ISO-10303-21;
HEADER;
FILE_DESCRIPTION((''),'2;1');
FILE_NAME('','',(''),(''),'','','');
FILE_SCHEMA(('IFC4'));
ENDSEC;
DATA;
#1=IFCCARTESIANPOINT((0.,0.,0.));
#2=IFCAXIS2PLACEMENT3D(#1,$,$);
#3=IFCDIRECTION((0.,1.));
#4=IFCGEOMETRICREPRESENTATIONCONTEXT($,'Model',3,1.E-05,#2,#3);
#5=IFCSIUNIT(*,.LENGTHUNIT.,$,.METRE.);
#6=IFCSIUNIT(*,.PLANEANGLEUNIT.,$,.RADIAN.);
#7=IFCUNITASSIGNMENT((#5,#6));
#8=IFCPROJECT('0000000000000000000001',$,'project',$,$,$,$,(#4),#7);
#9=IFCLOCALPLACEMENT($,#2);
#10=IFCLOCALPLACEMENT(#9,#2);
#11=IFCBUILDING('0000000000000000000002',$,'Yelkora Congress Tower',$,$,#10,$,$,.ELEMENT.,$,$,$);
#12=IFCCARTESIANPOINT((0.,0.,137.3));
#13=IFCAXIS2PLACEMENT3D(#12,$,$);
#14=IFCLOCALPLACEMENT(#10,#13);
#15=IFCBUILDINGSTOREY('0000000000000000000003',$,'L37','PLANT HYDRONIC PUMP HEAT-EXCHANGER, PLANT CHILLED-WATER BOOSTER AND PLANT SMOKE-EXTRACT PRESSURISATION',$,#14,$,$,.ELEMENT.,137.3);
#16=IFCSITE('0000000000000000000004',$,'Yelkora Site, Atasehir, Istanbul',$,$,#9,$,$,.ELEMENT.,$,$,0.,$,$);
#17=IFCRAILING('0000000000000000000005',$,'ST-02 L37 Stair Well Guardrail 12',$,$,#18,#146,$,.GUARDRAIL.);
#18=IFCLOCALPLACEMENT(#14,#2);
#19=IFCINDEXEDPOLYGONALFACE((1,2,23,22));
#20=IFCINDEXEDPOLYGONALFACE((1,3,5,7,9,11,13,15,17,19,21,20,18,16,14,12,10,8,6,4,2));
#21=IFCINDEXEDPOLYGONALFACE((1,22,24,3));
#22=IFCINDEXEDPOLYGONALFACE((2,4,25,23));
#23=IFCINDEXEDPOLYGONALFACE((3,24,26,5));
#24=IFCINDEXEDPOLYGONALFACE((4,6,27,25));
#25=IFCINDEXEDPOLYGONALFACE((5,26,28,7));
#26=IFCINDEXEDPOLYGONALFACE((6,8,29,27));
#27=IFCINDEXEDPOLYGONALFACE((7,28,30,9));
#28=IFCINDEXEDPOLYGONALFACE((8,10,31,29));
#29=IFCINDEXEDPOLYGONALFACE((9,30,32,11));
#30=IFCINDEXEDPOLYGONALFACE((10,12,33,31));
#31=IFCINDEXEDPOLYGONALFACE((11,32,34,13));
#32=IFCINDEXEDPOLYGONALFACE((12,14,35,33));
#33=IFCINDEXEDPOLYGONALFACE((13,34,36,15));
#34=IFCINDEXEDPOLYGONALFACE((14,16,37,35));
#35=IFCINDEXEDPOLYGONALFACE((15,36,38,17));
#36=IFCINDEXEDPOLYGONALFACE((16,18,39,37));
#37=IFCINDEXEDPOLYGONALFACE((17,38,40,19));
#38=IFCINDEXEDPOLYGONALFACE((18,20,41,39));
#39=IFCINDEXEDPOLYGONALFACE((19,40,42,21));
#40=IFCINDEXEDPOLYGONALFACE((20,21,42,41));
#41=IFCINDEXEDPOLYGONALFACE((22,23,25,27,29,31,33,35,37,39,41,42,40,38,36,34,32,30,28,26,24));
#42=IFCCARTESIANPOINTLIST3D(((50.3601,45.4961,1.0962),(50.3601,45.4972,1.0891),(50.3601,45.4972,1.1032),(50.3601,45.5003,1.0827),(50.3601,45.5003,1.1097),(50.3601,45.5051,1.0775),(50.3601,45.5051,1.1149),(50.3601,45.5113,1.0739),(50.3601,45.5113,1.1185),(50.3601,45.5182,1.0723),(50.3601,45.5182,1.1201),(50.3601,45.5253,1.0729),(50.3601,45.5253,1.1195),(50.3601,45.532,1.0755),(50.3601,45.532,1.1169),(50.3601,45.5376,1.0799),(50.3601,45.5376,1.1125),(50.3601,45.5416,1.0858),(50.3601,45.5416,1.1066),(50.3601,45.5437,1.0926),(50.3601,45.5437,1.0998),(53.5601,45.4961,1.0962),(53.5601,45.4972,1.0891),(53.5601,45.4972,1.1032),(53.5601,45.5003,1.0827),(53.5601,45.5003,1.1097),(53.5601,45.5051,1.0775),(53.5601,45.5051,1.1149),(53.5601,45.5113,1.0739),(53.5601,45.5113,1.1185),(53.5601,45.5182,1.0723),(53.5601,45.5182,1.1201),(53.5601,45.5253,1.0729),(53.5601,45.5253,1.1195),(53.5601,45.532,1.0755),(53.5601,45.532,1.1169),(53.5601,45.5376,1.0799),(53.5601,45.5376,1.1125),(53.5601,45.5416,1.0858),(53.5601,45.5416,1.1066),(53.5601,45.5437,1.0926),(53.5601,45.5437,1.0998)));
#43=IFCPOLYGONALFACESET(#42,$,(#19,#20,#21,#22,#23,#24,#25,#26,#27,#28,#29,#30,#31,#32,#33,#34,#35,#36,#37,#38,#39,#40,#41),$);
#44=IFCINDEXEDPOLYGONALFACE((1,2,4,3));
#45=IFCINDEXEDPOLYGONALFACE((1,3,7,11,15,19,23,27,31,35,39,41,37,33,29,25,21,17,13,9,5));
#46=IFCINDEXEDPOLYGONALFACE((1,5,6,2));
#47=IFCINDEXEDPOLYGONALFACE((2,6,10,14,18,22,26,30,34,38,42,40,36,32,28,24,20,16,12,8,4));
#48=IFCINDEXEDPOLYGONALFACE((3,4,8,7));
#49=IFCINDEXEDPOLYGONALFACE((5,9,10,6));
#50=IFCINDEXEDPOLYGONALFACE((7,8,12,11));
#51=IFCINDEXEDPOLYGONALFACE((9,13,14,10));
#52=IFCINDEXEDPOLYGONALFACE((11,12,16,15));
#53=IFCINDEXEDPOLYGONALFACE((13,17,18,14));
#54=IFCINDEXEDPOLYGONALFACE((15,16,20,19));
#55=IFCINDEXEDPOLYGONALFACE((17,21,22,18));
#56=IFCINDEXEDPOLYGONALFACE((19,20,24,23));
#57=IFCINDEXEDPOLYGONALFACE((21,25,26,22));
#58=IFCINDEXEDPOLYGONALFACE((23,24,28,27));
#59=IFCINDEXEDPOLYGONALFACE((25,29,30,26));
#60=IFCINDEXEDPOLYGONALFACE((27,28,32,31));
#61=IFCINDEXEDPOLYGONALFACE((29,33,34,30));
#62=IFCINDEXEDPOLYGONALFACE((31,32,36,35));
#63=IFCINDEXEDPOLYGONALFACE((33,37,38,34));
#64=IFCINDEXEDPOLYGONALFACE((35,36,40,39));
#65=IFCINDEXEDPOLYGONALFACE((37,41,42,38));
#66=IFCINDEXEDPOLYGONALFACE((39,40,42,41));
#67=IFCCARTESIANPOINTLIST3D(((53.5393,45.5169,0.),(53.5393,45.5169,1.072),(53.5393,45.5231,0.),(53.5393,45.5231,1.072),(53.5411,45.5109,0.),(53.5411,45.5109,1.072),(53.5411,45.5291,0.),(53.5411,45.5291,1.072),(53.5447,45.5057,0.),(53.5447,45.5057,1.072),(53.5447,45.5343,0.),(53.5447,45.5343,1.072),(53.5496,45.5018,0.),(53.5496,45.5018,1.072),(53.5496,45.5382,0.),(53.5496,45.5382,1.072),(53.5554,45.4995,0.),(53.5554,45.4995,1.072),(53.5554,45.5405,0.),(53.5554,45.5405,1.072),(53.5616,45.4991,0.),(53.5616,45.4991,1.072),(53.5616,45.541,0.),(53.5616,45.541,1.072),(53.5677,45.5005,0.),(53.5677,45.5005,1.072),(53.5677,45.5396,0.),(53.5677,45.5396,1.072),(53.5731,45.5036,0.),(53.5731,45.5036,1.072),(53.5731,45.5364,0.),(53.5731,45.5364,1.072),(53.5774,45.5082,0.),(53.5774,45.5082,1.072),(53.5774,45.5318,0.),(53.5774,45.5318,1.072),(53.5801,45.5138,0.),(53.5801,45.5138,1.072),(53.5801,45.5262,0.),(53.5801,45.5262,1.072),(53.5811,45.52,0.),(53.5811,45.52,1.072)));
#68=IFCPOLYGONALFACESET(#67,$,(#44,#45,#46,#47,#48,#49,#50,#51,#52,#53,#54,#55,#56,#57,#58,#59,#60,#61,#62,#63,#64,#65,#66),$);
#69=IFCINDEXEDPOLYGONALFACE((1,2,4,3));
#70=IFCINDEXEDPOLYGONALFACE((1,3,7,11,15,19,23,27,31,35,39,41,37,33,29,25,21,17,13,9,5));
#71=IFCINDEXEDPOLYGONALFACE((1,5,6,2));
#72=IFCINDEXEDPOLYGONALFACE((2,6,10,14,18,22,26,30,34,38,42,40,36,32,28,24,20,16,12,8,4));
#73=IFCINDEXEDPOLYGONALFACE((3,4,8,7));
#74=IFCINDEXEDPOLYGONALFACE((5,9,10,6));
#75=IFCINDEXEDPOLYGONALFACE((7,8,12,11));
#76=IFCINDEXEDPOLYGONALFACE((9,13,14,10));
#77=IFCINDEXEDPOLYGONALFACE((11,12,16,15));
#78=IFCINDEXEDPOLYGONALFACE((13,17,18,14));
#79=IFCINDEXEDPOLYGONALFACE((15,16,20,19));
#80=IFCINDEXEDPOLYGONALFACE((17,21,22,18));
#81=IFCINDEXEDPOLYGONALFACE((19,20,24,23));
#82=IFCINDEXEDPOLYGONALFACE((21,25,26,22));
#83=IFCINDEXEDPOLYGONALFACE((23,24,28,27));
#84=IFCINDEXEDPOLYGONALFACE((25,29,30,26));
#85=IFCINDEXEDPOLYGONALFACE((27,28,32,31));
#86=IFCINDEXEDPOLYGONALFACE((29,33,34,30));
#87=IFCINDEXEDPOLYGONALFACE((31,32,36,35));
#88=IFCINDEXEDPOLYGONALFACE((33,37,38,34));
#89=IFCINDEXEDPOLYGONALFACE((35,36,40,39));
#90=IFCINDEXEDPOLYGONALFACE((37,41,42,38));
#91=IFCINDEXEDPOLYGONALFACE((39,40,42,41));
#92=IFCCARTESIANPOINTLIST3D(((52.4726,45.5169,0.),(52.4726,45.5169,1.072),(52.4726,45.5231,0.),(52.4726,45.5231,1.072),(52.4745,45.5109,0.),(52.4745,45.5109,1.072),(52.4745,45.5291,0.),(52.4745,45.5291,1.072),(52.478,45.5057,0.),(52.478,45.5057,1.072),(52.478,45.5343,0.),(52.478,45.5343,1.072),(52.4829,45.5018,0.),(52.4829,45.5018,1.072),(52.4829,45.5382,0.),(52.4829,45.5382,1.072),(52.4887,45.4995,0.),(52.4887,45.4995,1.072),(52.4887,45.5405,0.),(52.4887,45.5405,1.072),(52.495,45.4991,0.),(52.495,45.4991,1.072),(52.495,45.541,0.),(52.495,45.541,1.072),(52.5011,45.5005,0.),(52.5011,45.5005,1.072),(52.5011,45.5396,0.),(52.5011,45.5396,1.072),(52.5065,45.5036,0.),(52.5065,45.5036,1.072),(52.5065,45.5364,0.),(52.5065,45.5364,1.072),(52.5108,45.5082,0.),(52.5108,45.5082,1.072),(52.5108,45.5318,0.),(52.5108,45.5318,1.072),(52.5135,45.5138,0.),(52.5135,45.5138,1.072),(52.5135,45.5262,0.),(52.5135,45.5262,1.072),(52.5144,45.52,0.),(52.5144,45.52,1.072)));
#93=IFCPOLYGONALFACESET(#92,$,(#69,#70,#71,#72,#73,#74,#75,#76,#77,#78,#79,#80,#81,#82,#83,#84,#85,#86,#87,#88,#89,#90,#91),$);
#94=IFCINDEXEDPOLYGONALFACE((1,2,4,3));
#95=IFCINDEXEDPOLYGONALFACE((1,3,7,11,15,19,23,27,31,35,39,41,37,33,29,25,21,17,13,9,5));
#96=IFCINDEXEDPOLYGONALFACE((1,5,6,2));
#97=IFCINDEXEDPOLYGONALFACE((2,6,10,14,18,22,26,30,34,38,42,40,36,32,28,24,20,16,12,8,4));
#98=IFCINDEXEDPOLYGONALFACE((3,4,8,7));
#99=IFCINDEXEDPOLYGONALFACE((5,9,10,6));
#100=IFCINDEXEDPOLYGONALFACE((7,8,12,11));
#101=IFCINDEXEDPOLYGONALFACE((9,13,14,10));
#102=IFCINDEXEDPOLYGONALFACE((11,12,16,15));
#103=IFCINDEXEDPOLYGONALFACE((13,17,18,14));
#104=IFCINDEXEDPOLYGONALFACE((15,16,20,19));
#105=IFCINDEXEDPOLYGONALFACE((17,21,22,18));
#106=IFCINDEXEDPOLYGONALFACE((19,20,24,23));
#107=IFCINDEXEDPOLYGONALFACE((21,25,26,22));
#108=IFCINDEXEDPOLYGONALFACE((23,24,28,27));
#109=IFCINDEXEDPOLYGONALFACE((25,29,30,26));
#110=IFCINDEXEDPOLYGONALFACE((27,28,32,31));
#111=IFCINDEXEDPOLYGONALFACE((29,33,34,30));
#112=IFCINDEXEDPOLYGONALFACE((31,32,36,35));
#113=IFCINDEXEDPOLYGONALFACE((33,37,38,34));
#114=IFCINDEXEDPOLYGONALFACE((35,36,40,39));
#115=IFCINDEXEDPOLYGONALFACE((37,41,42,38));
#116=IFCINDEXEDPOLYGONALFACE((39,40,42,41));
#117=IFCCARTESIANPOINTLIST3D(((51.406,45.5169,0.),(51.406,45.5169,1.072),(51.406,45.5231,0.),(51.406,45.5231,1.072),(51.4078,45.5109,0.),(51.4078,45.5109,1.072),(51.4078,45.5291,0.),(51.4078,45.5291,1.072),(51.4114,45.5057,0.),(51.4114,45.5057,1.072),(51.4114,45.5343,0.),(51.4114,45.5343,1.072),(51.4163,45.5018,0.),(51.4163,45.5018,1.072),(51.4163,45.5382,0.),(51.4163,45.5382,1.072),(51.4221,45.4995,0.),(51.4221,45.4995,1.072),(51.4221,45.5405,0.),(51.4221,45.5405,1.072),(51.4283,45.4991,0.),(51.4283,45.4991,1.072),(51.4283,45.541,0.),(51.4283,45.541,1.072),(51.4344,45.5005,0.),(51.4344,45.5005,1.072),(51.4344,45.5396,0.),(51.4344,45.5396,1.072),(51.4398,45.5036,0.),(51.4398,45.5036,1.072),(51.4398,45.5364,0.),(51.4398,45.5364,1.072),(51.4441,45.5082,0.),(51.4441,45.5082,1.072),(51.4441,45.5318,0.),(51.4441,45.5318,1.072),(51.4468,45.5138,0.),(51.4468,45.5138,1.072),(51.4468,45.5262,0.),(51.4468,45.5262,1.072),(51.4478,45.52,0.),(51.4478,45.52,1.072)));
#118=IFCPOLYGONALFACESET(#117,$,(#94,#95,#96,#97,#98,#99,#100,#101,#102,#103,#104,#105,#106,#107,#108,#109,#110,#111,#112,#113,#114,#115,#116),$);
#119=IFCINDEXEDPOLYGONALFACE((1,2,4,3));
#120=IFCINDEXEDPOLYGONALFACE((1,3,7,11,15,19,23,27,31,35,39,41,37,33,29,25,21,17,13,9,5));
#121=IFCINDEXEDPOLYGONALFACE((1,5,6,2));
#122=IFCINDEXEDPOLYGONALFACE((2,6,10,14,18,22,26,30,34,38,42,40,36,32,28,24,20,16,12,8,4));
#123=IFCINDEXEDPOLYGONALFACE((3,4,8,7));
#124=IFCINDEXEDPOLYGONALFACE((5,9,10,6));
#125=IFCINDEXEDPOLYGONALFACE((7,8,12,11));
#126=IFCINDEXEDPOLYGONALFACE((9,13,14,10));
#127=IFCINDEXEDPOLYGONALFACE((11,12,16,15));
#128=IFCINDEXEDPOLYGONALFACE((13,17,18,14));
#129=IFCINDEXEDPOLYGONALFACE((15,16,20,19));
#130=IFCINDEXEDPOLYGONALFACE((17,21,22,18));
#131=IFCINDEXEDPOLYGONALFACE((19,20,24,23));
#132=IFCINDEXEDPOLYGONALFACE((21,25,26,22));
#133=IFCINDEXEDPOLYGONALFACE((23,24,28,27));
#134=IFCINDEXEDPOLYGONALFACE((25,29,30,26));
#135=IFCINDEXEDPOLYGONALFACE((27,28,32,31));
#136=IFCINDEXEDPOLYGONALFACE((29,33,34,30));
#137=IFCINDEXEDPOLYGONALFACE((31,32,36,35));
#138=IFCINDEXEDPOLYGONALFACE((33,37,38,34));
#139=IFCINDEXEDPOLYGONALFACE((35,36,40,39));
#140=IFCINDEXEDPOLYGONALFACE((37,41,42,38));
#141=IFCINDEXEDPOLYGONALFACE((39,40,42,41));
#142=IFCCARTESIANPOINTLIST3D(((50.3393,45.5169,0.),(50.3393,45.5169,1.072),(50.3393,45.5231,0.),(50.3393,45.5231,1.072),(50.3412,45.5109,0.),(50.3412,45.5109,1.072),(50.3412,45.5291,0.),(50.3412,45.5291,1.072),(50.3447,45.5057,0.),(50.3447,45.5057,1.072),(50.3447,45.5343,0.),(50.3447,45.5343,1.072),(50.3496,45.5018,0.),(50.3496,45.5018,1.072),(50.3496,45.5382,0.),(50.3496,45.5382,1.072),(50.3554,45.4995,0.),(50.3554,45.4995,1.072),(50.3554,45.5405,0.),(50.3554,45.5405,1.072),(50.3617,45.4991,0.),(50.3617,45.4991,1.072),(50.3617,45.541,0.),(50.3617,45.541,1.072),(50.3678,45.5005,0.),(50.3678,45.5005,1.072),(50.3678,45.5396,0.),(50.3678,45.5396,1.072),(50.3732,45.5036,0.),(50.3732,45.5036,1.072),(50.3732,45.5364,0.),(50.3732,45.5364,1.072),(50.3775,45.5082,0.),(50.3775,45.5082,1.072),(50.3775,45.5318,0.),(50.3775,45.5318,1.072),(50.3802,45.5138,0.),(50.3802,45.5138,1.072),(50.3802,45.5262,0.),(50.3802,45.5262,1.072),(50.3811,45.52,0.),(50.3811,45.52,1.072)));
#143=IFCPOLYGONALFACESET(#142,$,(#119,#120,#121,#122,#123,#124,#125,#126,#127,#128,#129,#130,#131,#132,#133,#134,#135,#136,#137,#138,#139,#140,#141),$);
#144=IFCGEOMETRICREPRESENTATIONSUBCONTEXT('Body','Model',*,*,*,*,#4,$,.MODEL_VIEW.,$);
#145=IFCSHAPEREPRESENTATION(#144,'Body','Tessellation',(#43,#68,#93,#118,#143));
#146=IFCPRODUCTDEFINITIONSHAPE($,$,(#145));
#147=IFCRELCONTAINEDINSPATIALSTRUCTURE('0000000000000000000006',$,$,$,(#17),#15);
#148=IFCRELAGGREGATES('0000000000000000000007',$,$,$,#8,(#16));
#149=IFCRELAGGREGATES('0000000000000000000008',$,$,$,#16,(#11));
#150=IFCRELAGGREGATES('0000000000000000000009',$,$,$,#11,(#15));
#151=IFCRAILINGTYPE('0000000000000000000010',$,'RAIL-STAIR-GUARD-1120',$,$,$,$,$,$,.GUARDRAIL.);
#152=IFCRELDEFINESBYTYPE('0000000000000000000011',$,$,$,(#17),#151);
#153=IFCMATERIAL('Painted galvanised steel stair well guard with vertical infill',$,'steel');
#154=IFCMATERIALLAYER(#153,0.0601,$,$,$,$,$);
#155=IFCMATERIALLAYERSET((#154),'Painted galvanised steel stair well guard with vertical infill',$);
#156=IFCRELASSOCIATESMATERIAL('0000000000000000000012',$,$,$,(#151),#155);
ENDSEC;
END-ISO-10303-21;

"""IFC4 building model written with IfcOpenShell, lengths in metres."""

from ifc_helpers import new_model, si_unit, direction, frame, origin, origin_2d, place, context, subcontext, project, spatial, circle, extrude, material, layer, layer_set, type_object, element, save


model = new_model("IFC4")

# Units and contexts
model_context = context("Model", 3, precision=1e-05, world=origin(), true_north=direction((0.0, 1.0)))
body_context = subcontext(model_context, "Body", "Model", "MODEL_VIEW")
ifc_project = project(units=[si_unit("LENGTHUNIT", "METRE"), si_unit("PLANEANGLEUNIT", "RADIAN")], contexts=[model_context])

# Site, building, storey
site_placement = place(None, origin())
site = spatial("IfcSite", under=ifc_project, at=site_placement, Name="Yelkora Site, Atasehir, Istanbul", CompositionType="ELEMENT", RefElevation=0.0)
building_placement = place(site_placement, origin())
building = spatial("IfcBuilding", under=site, at=building_placement, Name="Yelkora Congress Tower", CompositionType="ELEMENT")
storey_placement = place(building_placement, frame((0.0, 0.0, 137.3)))
storey = spatial("IfcBuildingStorey", under=building, at=storey_placement, Name="L37", Description="PLANT HYDRONIC PUMP HEAT-EXCHANGER, PLANT CHILLED-WATER BOOSTER AND PLANT SMOKE-EXTRACT PRESSURISATION", CompositionType="ELEMENT", Elevation=137.3)

# Railing
ifc_material_1 = material(Name="Painted galvanised steel stair well guard with vertical infill", Category="steel")
ifc_layer_1 = layer(ifc_material_1, 0.0601)
ifc_layer_set_1 = layer_set([ifc_layer_1], Name="Painted galvanised steel stair well guard with vertical infill")
railing_type_1 = type_object("IfcRailingType", Name="RAIL-STAIR-GUARD-1120", PredefinedType="GUARDRAIL", material=ifc_layer_set_1)
railing_1_placement = place(storey_placement, frame((53.5601, 45.52, 0.0)))
element("IfcRailing", 1, at=railing_1_placement, inside=storey, type_object=railing_type_1, Name="ST-02 L37 Stair Well Guardrail 12", PredefinedType="GUARDRAIL", context=body_context, shape_type="SweptSolid", body=[
    extrude(circle(Radius=0.0239, at=origin_2d()), frame((0.0, 0.0, 1.0962), z_axis=(-1.0, 0.0, 0.0), x_axis=(0.0, -1.0, 0.0)), (0.0, 0.0, 1.0), 3.2),
    extrude(circle(Radius=0.021, at=origin_2d()), origin(), (0.0, 0.0, 1.0), 1.072),
    extrude(circle(Radius=0.021, at=origin_2d()), frame((-1.0667, 0.0, 0.0)), (0.0, 0.0, 1.0), 1.072),
    extrude(circle(Radius=0.021, at=origin_2d()), frame((-2.1333, 0.0, 0.0)), (0.0, 0.0, 1.0), 1.072),
    extrude(circle(Radius=0.021, at=origin_2d()), frame((-3.2, 0.0, 0.0)), (0.0, 0.0, 1.0), 1.072),
])

save(model, "model.ifc")
